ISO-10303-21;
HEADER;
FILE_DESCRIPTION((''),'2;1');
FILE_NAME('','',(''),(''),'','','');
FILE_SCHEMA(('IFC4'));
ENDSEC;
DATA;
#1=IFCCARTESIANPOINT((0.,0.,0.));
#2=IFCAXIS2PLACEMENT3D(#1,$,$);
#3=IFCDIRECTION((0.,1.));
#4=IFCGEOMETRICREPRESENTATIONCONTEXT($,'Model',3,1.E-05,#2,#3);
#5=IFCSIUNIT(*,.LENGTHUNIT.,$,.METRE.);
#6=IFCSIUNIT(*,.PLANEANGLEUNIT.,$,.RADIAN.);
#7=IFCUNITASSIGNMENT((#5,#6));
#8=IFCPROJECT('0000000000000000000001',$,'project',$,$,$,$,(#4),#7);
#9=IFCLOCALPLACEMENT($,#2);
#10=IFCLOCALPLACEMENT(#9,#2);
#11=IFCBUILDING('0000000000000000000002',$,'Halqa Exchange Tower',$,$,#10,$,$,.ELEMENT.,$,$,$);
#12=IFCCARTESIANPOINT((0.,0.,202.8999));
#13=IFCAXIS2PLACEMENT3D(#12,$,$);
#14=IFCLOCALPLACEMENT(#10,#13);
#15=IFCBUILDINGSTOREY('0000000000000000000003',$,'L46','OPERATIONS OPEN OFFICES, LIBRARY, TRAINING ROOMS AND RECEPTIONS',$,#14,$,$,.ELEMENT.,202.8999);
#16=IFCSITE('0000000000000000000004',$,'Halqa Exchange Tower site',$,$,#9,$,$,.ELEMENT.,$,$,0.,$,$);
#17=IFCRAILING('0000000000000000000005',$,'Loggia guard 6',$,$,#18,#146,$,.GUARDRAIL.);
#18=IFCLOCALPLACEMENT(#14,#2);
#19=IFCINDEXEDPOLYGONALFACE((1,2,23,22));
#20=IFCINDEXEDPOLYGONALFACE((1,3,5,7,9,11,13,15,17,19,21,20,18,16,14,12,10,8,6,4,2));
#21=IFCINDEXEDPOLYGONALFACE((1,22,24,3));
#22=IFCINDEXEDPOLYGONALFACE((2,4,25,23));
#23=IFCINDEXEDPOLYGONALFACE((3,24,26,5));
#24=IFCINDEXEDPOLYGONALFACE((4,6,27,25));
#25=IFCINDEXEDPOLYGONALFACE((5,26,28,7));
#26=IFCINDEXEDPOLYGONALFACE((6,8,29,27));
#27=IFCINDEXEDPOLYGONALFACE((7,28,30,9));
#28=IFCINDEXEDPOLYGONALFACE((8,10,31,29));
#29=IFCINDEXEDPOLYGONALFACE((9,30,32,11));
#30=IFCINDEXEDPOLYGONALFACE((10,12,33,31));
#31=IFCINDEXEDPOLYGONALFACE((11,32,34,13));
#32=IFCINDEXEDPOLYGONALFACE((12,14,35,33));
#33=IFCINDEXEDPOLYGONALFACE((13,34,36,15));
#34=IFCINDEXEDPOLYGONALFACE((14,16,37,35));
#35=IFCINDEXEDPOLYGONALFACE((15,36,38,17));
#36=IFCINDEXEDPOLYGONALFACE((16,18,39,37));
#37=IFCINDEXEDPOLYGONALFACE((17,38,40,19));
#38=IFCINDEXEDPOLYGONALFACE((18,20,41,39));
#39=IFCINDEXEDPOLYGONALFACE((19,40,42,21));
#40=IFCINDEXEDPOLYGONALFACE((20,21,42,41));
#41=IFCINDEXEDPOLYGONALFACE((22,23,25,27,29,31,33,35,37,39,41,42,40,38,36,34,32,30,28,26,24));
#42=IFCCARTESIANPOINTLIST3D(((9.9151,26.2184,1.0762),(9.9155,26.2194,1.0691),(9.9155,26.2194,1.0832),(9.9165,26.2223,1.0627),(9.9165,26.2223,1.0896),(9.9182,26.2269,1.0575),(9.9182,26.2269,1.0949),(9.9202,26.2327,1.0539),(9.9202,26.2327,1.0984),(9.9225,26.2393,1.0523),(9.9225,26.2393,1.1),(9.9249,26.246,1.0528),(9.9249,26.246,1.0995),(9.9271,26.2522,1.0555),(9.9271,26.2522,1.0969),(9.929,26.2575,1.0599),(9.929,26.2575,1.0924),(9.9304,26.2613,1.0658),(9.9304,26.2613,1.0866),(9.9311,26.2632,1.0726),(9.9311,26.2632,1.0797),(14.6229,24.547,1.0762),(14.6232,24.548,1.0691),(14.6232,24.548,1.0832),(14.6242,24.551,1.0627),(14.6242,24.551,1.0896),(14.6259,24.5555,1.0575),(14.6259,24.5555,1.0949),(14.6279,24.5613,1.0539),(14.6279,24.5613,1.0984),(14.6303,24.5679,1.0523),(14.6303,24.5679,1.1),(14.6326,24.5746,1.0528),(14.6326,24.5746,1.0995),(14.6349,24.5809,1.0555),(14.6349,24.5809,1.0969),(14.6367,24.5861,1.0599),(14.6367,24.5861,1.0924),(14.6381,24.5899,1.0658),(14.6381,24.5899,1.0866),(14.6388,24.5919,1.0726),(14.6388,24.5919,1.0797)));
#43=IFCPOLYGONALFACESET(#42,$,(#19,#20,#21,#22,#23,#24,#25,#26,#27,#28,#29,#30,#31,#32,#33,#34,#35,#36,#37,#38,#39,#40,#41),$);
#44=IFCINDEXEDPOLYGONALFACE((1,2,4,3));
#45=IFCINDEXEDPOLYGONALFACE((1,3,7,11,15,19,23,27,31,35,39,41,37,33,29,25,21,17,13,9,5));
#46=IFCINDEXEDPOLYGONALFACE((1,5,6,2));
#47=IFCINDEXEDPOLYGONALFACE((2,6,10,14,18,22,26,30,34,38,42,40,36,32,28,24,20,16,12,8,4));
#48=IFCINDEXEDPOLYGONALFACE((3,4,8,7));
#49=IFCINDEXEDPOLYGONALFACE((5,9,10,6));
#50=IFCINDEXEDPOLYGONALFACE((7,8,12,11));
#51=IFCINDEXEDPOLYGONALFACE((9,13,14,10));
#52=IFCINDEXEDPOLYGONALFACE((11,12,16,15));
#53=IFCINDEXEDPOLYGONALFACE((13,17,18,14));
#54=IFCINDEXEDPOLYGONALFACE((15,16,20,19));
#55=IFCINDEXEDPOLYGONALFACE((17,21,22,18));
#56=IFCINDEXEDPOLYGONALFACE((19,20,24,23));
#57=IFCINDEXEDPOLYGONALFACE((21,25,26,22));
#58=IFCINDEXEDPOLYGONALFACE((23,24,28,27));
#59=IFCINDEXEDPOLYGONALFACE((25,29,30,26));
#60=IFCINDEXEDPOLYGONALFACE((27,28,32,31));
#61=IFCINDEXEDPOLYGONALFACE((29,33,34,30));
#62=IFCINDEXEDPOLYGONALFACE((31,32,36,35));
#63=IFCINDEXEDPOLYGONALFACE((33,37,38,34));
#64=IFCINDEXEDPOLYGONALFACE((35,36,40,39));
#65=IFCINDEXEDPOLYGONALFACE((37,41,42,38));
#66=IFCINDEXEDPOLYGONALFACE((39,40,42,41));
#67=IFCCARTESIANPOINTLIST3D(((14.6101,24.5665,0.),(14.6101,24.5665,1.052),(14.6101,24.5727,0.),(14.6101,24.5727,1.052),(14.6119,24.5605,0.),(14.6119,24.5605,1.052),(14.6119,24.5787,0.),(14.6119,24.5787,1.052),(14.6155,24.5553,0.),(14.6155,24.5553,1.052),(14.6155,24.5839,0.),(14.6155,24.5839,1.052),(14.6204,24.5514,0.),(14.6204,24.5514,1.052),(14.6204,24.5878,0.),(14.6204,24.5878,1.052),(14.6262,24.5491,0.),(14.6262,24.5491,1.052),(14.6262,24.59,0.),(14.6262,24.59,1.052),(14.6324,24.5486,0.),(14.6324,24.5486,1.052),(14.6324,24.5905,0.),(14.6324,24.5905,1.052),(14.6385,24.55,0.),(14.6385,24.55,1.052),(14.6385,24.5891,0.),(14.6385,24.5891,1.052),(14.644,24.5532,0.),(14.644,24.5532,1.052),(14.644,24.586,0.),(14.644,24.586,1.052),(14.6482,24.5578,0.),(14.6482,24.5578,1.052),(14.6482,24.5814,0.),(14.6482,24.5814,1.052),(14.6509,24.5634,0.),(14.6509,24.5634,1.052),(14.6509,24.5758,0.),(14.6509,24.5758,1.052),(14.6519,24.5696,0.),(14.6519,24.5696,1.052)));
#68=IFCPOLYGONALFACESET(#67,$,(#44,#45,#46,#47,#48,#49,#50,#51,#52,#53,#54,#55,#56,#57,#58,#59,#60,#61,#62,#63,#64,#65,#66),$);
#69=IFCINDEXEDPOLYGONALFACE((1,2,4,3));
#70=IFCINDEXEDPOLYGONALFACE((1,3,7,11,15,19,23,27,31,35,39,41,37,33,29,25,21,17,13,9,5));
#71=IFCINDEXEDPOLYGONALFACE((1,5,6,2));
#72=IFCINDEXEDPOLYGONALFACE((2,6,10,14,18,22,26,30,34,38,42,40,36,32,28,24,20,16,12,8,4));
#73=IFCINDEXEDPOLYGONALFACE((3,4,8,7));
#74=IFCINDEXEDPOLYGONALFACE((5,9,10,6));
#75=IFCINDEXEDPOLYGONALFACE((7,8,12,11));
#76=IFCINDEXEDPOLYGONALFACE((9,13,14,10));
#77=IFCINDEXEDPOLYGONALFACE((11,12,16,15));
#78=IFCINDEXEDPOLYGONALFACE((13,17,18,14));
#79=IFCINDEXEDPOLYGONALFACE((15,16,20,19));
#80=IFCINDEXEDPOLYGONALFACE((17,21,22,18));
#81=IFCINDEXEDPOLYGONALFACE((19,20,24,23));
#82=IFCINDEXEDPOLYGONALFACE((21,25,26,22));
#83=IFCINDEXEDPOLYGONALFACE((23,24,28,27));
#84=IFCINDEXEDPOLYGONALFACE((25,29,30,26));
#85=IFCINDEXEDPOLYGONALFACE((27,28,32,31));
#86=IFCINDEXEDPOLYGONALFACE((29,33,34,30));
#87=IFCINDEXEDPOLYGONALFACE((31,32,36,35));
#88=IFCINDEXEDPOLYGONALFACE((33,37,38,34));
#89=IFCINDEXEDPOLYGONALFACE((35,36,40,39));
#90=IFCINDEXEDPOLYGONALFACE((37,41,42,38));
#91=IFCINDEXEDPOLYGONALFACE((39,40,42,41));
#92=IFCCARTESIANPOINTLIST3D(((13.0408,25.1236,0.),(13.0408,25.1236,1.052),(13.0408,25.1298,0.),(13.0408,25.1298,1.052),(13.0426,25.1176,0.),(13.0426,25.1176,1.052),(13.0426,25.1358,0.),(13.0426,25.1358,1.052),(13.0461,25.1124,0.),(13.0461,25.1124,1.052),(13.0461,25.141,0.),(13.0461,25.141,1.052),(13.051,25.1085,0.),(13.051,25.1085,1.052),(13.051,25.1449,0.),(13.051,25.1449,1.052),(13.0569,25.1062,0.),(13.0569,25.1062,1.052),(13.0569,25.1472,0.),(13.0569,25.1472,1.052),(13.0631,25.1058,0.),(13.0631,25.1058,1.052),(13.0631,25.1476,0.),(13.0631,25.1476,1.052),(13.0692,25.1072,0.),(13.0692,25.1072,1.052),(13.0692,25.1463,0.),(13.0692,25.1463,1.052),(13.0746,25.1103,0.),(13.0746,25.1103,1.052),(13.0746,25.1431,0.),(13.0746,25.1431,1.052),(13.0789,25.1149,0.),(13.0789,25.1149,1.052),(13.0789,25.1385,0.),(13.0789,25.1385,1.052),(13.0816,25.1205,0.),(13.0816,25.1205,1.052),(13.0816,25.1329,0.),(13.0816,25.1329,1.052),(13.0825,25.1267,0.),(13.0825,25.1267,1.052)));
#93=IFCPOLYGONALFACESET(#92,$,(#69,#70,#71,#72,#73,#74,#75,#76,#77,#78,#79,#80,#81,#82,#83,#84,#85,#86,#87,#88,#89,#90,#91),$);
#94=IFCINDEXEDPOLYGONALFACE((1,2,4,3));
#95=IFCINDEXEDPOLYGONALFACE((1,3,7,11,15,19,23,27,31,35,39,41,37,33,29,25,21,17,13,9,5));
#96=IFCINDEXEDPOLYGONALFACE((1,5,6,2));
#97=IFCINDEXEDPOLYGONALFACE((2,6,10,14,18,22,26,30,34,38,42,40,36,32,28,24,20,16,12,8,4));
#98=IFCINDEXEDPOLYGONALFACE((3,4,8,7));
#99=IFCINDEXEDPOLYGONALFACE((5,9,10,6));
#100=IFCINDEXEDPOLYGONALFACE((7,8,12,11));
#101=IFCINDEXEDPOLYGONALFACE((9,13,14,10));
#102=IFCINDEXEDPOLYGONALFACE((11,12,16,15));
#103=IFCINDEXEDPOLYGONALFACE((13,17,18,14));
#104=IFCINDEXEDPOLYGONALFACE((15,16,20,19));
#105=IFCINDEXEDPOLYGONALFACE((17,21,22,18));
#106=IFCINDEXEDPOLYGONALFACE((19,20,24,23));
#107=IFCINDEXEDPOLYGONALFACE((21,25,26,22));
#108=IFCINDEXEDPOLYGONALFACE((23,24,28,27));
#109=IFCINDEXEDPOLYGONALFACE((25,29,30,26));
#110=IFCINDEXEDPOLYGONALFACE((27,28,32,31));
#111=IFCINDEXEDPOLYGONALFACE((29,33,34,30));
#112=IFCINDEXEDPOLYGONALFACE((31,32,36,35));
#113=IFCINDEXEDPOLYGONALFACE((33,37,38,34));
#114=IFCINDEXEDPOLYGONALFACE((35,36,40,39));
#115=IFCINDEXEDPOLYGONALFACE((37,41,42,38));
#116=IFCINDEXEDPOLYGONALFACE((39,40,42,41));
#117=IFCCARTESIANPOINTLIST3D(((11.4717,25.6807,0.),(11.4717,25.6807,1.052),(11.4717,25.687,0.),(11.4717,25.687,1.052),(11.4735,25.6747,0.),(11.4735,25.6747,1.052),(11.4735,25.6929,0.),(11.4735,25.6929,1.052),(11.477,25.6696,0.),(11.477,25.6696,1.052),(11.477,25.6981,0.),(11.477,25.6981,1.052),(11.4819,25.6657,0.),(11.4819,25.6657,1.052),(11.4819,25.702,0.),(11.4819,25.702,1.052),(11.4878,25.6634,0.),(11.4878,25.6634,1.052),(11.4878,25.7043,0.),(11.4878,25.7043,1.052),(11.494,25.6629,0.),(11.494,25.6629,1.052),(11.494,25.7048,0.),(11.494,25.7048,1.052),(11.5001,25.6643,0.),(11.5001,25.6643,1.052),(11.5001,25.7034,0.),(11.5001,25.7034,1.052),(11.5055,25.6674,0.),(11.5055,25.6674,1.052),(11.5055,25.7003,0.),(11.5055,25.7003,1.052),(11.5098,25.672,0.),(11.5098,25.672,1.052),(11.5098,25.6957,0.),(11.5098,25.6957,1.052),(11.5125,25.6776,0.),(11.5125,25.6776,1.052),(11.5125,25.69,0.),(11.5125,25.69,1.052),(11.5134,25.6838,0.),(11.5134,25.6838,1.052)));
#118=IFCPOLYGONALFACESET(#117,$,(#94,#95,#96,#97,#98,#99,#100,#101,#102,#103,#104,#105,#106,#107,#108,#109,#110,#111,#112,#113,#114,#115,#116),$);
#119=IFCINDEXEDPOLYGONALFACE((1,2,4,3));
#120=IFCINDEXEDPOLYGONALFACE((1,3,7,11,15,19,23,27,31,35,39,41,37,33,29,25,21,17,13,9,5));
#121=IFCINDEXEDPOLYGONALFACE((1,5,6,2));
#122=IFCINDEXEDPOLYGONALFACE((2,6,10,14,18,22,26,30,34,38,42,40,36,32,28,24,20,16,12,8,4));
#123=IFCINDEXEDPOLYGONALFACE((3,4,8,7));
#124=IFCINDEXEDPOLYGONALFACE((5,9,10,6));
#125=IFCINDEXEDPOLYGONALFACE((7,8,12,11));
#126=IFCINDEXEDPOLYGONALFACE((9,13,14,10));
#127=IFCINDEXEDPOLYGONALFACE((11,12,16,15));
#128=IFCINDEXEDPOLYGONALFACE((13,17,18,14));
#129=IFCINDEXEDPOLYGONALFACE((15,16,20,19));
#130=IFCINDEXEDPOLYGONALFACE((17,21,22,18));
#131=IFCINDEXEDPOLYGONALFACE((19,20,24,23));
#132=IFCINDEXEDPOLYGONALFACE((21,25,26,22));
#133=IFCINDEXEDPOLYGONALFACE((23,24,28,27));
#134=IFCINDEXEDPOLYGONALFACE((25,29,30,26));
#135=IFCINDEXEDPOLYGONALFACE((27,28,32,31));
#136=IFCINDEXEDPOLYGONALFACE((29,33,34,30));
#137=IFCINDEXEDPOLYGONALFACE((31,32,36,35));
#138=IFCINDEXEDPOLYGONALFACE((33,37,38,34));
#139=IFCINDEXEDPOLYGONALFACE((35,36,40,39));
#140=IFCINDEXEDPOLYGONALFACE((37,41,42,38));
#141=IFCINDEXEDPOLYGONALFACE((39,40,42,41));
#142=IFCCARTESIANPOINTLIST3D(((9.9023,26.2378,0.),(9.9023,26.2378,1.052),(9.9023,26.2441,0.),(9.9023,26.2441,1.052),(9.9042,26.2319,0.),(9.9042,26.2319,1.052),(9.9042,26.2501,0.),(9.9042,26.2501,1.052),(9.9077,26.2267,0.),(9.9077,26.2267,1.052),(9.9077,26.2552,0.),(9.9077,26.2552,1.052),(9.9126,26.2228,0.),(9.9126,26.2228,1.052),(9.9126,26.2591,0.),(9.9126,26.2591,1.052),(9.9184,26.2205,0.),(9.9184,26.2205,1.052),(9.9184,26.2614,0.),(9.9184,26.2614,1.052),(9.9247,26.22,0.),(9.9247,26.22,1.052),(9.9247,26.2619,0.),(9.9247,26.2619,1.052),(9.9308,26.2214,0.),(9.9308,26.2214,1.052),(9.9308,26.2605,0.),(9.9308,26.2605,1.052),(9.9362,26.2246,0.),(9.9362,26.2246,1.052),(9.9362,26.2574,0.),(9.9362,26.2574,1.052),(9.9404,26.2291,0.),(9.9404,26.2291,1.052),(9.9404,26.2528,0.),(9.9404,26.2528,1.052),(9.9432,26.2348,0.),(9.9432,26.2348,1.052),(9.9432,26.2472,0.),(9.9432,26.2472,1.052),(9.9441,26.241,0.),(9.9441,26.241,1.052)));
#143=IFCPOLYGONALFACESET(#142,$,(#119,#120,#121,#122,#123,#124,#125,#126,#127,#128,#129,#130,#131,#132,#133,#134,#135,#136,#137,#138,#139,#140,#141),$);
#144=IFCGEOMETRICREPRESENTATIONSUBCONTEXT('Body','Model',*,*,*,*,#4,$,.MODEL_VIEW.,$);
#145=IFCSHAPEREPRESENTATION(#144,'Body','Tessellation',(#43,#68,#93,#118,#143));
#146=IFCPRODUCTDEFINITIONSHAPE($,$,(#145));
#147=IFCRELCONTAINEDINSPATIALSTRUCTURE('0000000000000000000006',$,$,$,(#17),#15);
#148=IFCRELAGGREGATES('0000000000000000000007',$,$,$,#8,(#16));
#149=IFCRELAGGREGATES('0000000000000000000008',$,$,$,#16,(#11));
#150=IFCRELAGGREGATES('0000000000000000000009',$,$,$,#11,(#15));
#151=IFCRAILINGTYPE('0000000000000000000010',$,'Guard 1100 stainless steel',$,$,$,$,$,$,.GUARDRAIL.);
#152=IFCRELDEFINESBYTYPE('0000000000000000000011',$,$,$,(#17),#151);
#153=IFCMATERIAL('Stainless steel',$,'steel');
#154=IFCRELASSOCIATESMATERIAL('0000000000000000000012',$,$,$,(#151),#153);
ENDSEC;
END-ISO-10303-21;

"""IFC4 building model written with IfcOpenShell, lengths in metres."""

from ifc_helpers import new_model, si_unit, direction, frame, origin, origin_2d, place, context, subcontext, project, spatial, circle, extrude, material, type_object, element, save


model = new_model("IFC4")

# Units and contexts
model_context = context("Model", 3, precision=1e-05, world=origin(), true_north=direction((0.0, 1.0)))
body_context = subcontext(model_context, "Body", "Model", "MODEL_VIEW")
ifc_project = project(units=[si_unit("LENGTHUNIT", "METRE"), si_unit("PLANEANGLEUNIT", "RADIAN")], contexts=[model_context])

# Site, building, storey
site_placement = place(None, origin())
site = spatial("IfcSite", under=ifc_project, at=site_placement, Name="Halqa Exchange Tower site", CompositionType="ELEMENT", RefElevation=0.0)
building_placement = place(site_placement, origin())
building = spatial("IfcBuilding", under=site, at=building_placement, Name="Halqa Exchange Tower", CompositionType="ELEMENT")
storey_placement = place(building_placement, frame((0.0, 0.0, 202.8999)))
storey = spatial("IfcBuildingStorey", under=building, at=storey_placement, Name="L46", Description="OPERATIONS OPEN OFFICES, LIBRARY, TRAINING ROOMS AND RECEPTIONS", CompositionType="ELEMENT", Elevation=202.8999)

# Railing
ifc_material_1 = material(Name="Stainless steel", Category="steel")
railing_type = type_object("IfcRailingType", Name="Guard 1100 stainless steel", PredefinedType="GUARDRAIL", material=ifc_material_1)
railing_1_placement = place(storey_placement, frame((14.6309, 24.5696, 0.0)))
element("IfcRailing", 1, at=railing_1_placement, inside=storey, type_object=railing_type, Name="Loggia guard 6", PredefinedType="GUARDRAIL", context=body_context, shape_type="SweptSolid", body=[
    extrude(circle(Radius=0.0239, at=origin_2d()), frame((0.0, 0.0, 1.0762), z_axis=(-0.942372, 0.334568, 0.0), x_axis=(-0.334568, -0.942372, 0.0)), (0.0, 0.0, 1.0), 4.9956),
    extrude(circle(Radius=0.021, at=origin_2d()), origin(), (0.0, 0.0, 1.0), 1.052),
    extrude(circle(Radius=0.021, at=origin_2d()), frame((-1.5693, 0.5571, 0.0)), (0.0, 0.0, 1.0), 1.052),
    extrude(circle(Radius=0.021, at=origin_2d()), frame((-3.1384, 1.1143, 0.0)), (0.0, 0.0, 1.0), 1.052),
    extrude(circle(Radius=0.021, at=origin_2d()), frame((-4.7078, 1.6714, 0.0)), (0.0, 0.0, 1.0), 1.052),
])

save(model, "model.ifc")
